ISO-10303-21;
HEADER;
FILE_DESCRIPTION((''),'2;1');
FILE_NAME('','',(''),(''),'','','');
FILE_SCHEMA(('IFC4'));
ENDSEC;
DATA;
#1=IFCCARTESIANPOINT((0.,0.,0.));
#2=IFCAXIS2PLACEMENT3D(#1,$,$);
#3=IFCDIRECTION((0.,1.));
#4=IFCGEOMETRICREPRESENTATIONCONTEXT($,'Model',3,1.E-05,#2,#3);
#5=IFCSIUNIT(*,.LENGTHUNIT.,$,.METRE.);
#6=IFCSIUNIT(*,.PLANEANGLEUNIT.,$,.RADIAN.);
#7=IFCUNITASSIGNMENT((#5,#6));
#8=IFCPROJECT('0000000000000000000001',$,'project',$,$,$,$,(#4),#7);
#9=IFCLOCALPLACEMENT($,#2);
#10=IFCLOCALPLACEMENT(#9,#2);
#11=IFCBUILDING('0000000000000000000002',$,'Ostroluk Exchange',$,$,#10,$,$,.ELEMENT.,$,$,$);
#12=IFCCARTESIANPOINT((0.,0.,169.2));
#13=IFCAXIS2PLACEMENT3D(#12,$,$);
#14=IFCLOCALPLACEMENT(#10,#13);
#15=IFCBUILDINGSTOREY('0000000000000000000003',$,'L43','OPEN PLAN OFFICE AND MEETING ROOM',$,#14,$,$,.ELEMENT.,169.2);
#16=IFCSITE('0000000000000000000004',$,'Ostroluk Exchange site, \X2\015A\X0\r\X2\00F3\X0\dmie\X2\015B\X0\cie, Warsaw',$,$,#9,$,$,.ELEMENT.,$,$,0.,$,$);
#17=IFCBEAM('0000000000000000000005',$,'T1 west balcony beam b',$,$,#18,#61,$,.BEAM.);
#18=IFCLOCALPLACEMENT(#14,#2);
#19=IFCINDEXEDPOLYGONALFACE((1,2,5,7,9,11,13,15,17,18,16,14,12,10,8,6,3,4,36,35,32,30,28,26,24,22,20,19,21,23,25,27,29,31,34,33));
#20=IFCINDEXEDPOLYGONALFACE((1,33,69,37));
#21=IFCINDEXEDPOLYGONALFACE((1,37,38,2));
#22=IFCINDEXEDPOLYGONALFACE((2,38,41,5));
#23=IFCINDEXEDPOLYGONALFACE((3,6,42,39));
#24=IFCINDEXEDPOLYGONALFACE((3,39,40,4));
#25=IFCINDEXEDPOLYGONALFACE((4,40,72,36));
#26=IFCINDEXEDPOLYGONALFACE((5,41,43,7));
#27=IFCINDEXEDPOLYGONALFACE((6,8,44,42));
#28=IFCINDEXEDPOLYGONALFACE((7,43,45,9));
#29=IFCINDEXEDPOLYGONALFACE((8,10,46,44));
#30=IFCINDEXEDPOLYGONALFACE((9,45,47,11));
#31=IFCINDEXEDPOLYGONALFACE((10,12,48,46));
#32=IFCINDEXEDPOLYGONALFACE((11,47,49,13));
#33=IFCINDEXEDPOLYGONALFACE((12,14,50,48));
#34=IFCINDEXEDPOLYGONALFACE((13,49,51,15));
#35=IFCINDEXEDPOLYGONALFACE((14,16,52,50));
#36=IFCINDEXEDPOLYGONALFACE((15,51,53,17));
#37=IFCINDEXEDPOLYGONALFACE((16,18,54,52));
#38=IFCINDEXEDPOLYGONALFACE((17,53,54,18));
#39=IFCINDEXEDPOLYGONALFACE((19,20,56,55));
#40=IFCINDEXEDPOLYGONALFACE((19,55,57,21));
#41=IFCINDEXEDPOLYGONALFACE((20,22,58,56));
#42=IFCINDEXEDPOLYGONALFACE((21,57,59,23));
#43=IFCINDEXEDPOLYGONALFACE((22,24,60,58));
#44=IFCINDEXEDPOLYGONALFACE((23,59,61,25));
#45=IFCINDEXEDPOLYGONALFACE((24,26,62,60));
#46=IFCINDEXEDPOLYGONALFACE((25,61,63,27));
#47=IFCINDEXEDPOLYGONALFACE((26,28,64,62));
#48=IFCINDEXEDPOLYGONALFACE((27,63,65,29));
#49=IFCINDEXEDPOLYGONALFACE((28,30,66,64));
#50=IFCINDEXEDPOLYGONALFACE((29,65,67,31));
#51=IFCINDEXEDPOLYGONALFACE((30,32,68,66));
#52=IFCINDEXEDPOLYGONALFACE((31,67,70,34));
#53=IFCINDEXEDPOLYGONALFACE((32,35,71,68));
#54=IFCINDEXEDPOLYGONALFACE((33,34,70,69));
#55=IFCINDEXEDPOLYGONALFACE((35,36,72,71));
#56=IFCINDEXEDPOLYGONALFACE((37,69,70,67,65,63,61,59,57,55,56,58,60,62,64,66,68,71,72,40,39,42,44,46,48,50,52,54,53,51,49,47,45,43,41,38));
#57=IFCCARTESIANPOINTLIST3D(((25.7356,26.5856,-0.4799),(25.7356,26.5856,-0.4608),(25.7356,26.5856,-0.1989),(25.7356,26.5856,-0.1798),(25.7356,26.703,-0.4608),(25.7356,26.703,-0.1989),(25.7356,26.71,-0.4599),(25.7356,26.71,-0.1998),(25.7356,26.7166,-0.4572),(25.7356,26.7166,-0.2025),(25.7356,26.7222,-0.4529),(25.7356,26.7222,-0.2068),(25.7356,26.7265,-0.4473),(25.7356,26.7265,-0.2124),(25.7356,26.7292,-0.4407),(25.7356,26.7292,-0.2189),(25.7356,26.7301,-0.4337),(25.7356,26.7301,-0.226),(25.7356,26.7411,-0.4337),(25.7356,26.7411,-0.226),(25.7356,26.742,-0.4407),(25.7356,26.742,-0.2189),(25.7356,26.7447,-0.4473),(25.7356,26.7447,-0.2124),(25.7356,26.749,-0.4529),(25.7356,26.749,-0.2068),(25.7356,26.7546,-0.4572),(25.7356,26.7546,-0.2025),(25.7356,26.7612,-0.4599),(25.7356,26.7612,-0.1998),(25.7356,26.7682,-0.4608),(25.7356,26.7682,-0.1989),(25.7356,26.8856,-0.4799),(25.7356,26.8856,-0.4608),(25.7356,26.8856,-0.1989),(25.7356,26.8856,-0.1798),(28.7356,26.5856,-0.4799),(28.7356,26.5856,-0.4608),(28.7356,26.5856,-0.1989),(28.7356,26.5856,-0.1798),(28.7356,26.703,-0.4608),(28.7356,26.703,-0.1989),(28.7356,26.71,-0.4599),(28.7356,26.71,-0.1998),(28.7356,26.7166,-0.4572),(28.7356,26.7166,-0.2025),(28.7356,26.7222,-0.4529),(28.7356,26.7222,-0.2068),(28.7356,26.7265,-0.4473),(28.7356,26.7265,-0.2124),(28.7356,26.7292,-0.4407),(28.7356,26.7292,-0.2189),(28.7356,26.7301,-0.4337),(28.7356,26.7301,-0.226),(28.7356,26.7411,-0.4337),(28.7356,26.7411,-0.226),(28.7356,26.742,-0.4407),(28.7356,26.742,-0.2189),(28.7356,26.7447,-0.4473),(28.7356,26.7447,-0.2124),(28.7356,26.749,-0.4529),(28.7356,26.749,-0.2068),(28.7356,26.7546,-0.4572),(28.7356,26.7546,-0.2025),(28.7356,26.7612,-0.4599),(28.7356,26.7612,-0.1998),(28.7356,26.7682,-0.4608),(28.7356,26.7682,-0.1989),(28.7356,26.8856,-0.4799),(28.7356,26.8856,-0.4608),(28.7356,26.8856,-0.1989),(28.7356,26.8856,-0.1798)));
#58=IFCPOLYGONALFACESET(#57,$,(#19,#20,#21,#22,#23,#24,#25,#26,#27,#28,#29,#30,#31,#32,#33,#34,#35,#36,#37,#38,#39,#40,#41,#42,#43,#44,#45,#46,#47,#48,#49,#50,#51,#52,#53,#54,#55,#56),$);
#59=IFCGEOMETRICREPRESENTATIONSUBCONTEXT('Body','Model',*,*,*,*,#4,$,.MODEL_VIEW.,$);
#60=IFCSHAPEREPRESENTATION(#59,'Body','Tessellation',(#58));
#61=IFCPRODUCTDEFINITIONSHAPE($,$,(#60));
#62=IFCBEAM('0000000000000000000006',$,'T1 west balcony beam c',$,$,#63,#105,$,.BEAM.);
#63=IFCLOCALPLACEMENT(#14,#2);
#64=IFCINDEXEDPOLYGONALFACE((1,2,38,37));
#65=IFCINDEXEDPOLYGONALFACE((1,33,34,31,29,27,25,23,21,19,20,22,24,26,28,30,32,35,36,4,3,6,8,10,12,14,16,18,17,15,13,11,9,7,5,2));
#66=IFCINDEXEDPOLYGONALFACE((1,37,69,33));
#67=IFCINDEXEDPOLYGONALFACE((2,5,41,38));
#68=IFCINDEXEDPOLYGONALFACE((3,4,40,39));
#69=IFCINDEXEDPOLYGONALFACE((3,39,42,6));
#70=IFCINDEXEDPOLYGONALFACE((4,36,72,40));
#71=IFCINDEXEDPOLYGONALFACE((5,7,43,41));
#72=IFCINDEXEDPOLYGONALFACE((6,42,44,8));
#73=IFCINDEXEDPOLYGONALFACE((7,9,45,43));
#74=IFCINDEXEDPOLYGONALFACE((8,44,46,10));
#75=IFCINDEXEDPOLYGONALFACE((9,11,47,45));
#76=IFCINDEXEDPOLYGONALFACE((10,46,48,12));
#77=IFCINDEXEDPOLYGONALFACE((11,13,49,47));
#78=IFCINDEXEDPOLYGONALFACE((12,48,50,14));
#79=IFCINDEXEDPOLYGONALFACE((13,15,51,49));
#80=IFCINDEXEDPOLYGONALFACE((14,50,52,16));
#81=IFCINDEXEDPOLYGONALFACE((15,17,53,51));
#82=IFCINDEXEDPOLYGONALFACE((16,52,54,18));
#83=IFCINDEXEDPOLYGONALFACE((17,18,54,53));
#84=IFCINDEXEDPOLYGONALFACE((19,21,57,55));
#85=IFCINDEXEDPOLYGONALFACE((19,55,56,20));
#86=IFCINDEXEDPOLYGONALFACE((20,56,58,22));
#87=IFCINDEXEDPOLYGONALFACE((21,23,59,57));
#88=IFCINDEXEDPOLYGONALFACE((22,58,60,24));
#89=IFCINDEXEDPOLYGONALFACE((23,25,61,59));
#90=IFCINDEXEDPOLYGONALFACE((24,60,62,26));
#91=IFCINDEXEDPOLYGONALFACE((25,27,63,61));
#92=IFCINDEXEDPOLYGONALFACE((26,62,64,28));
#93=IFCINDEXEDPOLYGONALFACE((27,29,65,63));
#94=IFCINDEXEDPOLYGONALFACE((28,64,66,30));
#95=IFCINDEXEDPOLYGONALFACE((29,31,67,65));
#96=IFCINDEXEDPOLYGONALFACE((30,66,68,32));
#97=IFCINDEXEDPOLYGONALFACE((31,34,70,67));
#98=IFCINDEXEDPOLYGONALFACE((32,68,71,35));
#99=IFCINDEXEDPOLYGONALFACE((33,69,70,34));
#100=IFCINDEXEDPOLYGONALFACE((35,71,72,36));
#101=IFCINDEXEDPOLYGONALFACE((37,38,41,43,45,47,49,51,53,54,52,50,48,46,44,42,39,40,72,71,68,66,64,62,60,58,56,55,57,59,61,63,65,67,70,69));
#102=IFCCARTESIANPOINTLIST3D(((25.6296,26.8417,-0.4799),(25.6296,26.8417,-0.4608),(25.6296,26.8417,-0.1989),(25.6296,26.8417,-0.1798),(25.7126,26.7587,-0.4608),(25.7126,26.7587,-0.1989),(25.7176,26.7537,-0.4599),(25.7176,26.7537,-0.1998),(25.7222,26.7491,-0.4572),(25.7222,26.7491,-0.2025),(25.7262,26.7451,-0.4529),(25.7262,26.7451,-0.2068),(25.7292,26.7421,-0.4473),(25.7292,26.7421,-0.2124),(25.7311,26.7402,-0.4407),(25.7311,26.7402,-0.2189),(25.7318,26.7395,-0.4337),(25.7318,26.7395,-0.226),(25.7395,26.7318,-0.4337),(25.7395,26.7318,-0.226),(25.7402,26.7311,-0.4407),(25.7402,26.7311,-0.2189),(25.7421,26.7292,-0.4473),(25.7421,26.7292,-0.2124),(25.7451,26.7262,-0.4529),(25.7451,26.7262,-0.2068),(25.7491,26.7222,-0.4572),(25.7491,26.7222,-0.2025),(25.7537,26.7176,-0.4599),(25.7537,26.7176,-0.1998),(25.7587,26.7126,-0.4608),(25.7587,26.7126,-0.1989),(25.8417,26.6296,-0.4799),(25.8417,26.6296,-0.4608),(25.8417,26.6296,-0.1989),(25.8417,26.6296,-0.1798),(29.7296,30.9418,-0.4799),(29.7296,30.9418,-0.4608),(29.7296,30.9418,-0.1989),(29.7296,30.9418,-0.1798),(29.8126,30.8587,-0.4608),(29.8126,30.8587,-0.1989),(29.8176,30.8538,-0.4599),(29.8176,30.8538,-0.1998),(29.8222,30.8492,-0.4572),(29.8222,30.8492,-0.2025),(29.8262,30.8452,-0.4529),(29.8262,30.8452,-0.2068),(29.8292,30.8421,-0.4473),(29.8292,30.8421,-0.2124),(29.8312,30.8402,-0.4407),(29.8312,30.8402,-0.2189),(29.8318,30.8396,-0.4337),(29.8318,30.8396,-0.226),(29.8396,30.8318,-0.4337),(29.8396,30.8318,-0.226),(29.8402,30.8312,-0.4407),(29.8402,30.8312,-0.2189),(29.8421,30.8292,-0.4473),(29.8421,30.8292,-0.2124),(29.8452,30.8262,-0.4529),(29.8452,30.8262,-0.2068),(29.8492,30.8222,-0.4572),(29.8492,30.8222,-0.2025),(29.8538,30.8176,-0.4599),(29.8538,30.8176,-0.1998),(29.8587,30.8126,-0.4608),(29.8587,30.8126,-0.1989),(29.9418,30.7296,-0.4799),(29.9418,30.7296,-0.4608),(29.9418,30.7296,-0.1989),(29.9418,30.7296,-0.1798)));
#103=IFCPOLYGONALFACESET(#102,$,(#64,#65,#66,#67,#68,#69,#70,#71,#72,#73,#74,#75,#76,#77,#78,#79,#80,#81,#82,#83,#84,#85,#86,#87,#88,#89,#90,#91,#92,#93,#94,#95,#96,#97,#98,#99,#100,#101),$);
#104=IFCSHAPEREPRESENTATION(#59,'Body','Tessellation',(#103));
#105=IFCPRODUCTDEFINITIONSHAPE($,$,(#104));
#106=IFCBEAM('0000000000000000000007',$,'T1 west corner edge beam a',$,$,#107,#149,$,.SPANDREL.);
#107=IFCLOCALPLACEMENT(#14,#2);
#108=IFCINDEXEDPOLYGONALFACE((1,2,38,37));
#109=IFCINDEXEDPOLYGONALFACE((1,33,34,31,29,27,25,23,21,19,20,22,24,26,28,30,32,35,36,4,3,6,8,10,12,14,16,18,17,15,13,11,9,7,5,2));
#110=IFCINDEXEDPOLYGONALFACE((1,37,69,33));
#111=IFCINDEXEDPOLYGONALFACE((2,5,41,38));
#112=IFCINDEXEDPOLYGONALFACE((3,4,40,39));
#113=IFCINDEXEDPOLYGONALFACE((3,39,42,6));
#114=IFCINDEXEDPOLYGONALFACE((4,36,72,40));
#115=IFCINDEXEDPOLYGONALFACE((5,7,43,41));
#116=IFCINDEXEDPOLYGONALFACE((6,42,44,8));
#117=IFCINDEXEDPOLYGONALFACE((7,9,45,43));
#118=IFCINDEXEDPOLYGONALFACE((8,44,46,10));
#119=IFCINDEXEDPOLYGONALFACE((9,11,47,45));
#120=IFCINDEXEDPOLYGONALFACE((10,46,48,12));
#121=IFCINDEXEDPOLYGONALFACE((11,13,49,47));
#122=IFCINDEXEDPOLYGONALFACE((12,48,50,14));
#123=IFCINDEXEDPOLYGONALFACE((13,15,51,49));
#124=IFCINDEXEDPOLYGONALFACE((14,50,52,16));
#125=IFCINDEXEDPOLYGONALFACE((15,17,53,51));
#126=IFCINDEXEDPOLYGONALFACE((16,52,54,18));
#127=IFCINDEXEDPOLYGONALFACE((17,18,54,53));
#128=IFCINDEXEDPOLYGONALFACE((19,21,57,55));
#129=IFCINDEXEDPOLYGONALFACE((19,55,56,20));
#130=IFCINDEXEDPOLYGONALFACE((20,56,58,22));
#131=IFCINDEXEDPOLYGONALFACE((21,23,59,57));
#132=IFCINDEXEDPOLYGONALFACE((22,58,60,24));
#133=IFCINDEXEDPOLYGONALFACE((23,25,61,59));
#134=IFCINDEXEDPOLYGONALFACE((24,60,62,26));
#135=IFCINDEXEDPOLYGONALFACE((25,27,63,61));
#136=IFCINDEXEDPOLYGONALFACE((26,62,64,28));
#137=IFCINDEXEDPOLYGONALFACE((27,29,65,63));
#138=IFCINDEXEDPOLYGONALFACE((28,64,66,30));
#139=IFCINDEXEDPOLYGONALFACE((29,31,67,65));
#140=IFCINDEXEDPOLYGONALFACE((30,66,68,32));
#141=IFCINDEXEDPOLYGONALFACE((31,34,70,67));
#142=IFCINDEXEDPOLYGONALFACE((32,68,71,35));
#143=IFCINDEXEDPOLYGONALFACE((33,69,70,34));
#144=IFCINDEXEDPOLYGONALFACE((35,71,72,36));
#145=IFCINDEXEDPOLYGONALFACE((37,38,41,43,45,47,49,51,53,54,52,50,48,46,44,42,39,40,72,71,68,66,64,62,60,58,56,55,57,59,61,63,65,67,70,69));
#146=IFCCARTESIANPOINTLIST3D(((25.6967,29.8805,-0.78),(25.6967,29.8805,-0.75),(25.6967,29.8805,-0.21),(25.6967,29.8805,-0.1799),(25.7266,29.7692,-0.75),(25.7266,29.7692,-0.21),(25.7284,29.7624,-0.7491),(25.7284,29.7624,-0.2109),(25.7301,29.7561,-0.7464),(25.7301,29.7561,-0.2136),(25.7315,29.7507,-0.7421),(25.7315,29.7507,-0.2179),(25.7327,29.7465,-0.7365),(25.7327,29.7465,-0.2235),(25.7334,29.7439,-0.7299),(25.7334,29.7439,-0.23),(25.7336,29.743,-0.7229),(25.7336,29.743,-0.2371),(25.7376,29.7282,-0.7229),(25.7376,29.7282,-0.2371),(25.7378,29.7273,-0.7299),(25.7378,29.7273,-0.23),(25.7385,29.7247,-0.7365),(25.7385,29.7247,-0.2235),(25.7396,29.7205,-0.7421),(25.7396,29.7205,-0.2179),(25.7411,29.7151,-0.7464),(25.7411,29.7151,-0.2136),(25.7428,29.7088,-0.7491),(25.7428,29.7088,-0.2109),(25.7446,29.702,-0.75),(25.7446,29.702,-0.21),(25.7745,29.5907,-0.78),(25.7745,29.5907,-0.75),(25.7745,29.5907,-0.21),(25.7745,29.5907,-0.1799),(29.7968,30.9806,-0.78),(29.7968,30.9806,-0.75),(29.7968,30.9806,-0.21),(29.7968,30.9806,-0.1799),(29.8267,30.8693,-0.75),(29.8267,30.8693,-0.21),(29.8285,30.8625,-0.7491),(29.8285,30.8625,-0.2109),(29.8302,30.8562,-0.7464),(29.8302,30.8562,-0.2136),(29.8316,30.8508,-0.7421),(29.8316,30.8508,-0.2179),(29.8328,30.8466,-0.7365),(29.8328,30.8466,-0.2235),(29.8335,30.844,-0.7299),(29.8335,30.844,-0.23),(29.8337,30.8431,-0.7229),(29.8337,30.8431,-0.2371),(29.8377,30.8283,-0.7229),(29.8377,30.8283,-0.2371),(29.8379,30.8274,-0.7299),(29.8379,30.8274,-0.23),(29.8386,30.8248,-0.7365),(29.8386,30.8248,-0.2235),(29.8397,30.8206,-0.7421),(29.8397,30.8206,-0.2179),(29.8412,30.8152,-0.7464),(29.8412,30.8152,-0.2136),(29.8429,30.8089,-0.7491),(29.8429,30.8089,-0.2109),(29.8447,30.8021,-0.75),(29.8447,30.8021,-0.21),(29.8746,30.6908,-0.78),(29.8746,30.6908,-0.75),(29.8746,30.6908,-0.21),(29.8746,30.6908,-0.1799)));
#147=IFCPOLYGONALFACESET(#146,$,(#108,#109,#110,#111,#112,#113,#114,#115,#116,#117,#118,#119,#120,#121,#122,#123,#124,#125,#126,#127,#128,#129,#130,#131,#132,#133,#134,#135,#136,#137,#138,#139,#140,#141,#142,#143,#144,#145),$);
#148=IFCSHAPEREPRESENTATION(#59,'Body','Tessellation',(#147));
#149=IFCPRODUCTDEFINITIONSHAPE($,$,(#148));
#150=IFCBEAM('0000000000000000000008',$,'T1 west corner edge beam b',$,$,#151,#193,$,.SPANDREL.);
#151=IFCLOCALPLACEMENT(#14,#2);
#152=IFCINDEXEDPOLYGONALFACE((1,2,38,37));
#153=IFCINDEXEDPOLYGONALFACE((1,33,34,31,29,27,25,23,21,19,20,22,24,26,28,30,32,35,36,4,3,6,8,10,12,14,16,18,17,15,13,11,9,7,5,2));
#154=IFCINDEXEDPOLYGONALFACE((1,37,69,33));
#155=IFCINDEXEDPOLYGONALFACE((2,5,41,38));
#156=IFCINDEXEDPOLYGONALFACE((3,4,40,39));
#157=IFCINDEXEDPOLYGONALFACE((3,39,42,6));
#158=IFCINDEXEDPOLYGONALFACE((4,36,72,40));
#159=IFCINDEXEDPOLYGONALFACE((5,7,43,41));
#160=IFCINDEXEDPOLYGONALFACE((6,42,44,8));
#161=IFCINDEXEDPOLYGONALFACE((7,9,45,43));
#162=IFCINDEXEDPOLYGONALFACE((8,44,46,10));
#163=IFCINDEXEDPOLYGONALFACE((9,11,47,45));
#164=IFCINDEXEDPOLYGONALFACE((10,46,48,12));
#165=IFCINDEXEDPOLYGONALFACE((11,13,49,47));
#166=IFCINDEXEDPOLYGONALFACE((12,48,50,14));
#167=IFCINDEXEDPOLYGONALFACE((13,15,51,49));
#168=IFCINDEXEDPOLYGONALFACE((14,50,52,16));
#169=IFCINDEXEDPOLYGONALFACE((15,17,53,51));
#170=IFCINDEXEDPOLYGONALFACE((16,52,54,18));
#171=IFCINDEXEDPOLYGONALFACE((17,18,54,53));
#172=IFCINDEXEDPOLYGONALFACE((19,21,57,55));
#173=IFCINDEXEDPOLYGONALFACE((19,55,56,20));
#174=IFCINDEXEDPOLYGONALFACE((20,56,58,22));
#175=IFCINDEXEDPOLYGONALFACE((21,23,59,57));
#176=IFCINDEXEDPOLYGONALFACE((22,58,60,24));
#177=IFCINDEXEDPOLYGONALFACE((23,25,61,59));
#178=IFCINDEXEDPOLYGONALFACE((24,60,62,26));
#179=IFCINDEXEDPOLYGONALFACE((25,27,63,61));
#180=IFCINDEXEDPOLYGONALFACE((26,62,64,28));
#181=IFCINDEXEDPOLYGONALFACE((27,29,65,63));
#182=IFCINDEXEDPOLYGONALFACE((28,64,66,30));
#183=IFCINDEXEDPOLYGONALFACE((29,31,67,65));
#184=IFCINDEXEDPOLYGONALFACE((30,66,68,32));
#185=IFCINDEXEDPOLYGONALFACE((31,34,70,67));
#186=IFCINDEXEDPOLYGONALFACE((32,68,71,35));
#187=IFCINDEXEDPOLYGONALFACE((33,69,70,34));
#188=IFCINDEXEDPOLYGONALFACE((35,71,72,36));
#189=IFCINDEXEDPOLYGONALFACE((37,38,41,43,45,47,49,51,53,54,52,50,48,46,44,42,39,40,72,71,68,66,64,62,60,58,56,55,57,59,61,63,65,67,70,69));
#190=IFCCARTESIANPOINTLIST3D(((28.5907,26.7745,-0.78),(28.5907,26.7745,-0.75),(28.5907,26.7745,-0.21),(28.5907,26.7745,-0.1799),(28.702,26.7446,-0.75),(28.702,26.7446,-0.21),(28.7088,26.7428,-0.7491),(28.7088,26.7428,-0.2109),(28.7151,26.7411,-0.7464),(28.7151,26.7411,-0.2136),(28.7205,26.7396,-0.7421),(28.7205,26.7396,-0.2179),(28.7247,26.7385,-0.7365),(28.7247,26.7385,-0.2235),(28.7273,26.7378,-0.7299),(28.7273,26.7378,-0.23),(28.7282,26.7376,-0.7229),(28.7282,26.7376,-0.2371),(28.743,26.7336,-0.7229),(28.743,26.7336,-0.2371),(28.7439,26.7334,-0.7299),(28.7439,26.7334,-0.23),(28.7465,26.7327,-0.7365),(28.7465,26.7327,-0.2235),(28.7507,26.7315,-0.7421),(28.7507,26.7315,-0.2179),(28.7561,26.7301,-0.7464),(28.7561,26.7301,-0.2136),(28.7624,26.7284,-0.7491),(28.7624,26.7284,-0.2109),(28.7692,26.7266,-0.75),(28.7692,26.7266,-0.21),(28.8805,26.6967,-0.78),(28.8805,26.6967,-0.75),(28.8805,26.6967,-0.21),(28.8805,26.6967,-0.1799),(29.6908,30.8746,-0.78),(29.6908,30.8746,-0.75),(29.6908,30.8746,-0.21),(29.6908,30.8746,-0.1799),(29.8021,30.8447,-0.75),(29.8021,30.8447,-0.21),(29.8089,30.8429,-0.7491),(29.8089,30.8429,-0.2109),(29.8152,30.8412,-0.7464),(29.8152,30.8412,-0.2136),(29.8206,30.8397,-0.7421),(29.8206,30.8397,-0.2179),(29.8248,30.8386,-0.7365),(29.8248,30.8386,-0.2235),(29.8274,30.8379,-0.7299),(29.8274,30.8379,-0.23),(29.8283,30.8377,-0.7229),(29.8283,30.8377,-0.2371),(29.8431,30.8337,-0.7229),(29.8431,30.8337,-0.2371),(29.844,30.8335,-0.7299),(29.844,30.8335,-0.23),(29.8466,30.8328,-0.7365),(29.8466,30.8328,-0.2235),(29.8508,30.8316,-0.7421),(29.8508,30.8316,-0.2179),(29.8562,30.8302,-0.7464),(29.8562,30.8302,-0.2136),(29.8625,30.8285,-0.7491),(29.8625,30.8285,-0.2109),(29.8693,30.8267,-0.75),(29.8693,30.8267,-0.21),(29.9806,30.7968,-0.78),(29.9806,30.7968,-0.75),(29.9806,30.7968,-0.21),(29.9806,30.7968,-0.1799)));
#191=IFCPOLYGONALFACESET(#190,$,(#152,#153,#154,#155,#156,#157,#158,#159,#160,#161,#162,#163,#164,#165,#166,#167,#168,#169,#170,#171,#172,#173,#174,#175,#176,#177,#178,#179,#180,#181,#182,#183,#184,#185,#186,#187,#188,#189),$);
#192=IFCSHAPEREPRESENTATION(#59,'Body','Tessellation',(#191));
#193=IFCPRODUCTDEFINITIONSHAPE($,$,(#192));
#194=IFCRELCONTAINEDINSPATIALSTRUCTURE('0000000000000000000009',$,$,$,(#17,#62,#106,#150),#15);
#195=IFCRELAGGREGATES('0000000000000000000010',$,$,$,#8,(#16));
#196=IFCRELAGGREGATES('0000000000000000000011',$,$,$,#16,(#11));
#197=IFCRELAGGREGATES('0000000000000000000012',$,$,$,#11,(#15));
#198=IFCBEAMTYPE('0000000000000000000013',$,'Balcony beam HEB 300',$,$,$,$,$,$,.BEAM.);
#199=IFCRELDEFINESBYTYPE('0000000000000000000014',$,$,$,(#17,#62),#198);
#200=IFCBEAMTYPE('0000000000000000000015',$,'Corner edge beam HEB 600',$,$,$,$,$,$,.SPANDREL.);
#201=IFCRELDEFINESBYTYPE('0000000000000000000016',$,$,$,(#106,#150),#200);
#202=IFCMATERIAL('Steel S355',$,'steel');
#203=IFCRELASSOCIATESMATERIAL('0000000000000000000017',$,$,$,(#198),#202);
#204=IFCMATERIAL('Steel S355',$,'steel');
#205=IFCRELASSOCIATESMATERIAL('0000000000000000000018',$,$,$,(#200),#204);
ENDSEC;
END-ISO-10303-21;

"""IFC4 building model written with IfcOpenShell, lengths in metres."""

from ifc_helpers import new_model, si_unit, direction, frame, origin, origin_2d, place, context, subcontext, project, spatial, i_section, extrude, material, material_profile, profile_set, type_object, element, save


model = new_model("IFC4")

# Units and contexts
model_context = context("Model", 3, precision=1e-05, world=origin(), true_north=direction((0.0, 1.0)))
body_context = subcontext(model_context, "Body", "Model", "MODEL_VIEW")
ifc_project = project(units=[si_unit("LENGTHUNIT", "METRE"), si_unit("PLANEANGLEUNIT", "RADIAN")], contexts=[model_context])

# Site, building, storey
site_placement = place(None, origin())
site = spatial("IfcSite", under=ifc_project, at=site_placement, Name="Ostroluk Exchange site, Śródmieście, Warsaw", CompositionType="ELEMENT", RefElevation=0.0)
building_placement = place(site_placement, origin())
building = spatial("IfcBuilding", under=site, at=building_placement, Name="Ostroluk Exchange", CompositionType="ELEMENT")
storey_placement = place(building_placement, frame((0.0, 0.0, 169.2)))
storey = spatial("IfcBuildingStorey", under=building, at=storey_placement, Name="L43", Description="OPEN PLAN OFFICE AND MEETING ROOM", CompositionType="ELEMENT", Elevation=169.2)

# Beams
ifc_material_1 = material(Name="Steel S355", Category="steel")
ifc_material_profile_1 = material_profile(ifc_material_1, i_section(OverallWidth=0.3, OverallDepth=0.3, WebThickness=0.011, FlangeThickness=0.019, FilletRadius=0.0271, at=origin_2d()), Name="HEB 300")
ifc_profile_set_1 = profile_set([ifc_material_profile_1], Name="Steel S355")
beam_type_1 = type_object("IfcBeamType", Name="Balcony beam HEB 300", PredefinedType="BEAM", material=ifc_profile_set_1)
beam_1_placement = place(storey_placement, frame((28.7356, 26.7356, -0.3298), z_axis=(-1.0, 0.0, 0.0), x_axis=(0.0, -1.0, 0.0)))
element("IfcBeam", 1, at=beam_1_placement, inside=storey, type_object=beam_type_1, Name="T1 west balcony beam b", PredefinedType="BEAM", context=body_context, shape_type="SweptSolid", body=[
    extrude(i_section(OverallWidth=0.3, OverallDepth=0.3, WebThickness=0.011, FlangeThickness=0.019, FilletRadius=0.0271, at=origin_2d()), origin(), (0.0, 0.0, 1.0), 3.0),
])
beam_2_placement = place(storey_placement, frame((29.8357, 30.8357, -0.3298), z_axis=(-0.707107, -0.707107, 0.0), x_axis=(0.707107, -0.707107, 0.0)))
element("IfcBeam", 2, at=beam_2_placement, inside=storey, type_object=beam_type_1, Name="T1 west balcony beam c", PredefinedType="BEAM", context=body_context, shape_type="SweptSolid", body=[
    extrude(i_section(OverallWidth=0.3, OverallDepth=0.3, WebThickness=0.011, FlangeThickness=0.019, FilletRadius=0.0271, at=origin_2d()), origin(), (0.0, 0.0, 1.0), 5.7983),
])
ifc_material_2 = material(Name="Steel S355", Category="steel")
ifc_material_profile_2 = material_profile(ifc_material_2, i_section(OverallWidth=0.3, OverallDepth=0.6001, WebThickness=0.0154, FlangeThickness=0.03, FilletRadius=0.0271, at=origin_2d()), Name="HEB 600")
ifc_profile_set_2 = profile_set([ifc_material_profile_2], Name="Steel S355")
beam_type_2 = type_object("IfcBeamType", Name="Corner edge beam HEB 600", PredefinedType="SPANDREL", material=ifc_profile_set_2)
for number, where, z_axis, x_axis, name in (
    (3, (29.8357, 30.8357, -0.48), (-0.965839, -0.259144, 0.0), (0.259144, -0.965839, 0.0), "T1 west corner edge beam a"),
    (4, (29.8357, 30.8357, -0.48), (-0.259144, -0.965839, 0.0), (0.965839, -0.259144, 0.0), "T1 west corner edge beam b"),
):
    element("IfcBeam", number, at=place(storey_placement, frame(where, z_axis=z_axis, x_axis=x_axis)), inside=storey, type_object=beam_type_2, Name=name, PredefinedType="SPANDREL", context=body_context, shape_type="SweptSolid", body=[
        extrude(i_section(OverallWidth=0.3, OverallDepth=0.6001, WebThickness=0.0154, FlangeThickness=0.03, FilletRadius=0.0271, at=origin_2d()), origin(), (0.0, 0.0, 1.0), 4.2451),
    ])

save(model, "model.ifc")
